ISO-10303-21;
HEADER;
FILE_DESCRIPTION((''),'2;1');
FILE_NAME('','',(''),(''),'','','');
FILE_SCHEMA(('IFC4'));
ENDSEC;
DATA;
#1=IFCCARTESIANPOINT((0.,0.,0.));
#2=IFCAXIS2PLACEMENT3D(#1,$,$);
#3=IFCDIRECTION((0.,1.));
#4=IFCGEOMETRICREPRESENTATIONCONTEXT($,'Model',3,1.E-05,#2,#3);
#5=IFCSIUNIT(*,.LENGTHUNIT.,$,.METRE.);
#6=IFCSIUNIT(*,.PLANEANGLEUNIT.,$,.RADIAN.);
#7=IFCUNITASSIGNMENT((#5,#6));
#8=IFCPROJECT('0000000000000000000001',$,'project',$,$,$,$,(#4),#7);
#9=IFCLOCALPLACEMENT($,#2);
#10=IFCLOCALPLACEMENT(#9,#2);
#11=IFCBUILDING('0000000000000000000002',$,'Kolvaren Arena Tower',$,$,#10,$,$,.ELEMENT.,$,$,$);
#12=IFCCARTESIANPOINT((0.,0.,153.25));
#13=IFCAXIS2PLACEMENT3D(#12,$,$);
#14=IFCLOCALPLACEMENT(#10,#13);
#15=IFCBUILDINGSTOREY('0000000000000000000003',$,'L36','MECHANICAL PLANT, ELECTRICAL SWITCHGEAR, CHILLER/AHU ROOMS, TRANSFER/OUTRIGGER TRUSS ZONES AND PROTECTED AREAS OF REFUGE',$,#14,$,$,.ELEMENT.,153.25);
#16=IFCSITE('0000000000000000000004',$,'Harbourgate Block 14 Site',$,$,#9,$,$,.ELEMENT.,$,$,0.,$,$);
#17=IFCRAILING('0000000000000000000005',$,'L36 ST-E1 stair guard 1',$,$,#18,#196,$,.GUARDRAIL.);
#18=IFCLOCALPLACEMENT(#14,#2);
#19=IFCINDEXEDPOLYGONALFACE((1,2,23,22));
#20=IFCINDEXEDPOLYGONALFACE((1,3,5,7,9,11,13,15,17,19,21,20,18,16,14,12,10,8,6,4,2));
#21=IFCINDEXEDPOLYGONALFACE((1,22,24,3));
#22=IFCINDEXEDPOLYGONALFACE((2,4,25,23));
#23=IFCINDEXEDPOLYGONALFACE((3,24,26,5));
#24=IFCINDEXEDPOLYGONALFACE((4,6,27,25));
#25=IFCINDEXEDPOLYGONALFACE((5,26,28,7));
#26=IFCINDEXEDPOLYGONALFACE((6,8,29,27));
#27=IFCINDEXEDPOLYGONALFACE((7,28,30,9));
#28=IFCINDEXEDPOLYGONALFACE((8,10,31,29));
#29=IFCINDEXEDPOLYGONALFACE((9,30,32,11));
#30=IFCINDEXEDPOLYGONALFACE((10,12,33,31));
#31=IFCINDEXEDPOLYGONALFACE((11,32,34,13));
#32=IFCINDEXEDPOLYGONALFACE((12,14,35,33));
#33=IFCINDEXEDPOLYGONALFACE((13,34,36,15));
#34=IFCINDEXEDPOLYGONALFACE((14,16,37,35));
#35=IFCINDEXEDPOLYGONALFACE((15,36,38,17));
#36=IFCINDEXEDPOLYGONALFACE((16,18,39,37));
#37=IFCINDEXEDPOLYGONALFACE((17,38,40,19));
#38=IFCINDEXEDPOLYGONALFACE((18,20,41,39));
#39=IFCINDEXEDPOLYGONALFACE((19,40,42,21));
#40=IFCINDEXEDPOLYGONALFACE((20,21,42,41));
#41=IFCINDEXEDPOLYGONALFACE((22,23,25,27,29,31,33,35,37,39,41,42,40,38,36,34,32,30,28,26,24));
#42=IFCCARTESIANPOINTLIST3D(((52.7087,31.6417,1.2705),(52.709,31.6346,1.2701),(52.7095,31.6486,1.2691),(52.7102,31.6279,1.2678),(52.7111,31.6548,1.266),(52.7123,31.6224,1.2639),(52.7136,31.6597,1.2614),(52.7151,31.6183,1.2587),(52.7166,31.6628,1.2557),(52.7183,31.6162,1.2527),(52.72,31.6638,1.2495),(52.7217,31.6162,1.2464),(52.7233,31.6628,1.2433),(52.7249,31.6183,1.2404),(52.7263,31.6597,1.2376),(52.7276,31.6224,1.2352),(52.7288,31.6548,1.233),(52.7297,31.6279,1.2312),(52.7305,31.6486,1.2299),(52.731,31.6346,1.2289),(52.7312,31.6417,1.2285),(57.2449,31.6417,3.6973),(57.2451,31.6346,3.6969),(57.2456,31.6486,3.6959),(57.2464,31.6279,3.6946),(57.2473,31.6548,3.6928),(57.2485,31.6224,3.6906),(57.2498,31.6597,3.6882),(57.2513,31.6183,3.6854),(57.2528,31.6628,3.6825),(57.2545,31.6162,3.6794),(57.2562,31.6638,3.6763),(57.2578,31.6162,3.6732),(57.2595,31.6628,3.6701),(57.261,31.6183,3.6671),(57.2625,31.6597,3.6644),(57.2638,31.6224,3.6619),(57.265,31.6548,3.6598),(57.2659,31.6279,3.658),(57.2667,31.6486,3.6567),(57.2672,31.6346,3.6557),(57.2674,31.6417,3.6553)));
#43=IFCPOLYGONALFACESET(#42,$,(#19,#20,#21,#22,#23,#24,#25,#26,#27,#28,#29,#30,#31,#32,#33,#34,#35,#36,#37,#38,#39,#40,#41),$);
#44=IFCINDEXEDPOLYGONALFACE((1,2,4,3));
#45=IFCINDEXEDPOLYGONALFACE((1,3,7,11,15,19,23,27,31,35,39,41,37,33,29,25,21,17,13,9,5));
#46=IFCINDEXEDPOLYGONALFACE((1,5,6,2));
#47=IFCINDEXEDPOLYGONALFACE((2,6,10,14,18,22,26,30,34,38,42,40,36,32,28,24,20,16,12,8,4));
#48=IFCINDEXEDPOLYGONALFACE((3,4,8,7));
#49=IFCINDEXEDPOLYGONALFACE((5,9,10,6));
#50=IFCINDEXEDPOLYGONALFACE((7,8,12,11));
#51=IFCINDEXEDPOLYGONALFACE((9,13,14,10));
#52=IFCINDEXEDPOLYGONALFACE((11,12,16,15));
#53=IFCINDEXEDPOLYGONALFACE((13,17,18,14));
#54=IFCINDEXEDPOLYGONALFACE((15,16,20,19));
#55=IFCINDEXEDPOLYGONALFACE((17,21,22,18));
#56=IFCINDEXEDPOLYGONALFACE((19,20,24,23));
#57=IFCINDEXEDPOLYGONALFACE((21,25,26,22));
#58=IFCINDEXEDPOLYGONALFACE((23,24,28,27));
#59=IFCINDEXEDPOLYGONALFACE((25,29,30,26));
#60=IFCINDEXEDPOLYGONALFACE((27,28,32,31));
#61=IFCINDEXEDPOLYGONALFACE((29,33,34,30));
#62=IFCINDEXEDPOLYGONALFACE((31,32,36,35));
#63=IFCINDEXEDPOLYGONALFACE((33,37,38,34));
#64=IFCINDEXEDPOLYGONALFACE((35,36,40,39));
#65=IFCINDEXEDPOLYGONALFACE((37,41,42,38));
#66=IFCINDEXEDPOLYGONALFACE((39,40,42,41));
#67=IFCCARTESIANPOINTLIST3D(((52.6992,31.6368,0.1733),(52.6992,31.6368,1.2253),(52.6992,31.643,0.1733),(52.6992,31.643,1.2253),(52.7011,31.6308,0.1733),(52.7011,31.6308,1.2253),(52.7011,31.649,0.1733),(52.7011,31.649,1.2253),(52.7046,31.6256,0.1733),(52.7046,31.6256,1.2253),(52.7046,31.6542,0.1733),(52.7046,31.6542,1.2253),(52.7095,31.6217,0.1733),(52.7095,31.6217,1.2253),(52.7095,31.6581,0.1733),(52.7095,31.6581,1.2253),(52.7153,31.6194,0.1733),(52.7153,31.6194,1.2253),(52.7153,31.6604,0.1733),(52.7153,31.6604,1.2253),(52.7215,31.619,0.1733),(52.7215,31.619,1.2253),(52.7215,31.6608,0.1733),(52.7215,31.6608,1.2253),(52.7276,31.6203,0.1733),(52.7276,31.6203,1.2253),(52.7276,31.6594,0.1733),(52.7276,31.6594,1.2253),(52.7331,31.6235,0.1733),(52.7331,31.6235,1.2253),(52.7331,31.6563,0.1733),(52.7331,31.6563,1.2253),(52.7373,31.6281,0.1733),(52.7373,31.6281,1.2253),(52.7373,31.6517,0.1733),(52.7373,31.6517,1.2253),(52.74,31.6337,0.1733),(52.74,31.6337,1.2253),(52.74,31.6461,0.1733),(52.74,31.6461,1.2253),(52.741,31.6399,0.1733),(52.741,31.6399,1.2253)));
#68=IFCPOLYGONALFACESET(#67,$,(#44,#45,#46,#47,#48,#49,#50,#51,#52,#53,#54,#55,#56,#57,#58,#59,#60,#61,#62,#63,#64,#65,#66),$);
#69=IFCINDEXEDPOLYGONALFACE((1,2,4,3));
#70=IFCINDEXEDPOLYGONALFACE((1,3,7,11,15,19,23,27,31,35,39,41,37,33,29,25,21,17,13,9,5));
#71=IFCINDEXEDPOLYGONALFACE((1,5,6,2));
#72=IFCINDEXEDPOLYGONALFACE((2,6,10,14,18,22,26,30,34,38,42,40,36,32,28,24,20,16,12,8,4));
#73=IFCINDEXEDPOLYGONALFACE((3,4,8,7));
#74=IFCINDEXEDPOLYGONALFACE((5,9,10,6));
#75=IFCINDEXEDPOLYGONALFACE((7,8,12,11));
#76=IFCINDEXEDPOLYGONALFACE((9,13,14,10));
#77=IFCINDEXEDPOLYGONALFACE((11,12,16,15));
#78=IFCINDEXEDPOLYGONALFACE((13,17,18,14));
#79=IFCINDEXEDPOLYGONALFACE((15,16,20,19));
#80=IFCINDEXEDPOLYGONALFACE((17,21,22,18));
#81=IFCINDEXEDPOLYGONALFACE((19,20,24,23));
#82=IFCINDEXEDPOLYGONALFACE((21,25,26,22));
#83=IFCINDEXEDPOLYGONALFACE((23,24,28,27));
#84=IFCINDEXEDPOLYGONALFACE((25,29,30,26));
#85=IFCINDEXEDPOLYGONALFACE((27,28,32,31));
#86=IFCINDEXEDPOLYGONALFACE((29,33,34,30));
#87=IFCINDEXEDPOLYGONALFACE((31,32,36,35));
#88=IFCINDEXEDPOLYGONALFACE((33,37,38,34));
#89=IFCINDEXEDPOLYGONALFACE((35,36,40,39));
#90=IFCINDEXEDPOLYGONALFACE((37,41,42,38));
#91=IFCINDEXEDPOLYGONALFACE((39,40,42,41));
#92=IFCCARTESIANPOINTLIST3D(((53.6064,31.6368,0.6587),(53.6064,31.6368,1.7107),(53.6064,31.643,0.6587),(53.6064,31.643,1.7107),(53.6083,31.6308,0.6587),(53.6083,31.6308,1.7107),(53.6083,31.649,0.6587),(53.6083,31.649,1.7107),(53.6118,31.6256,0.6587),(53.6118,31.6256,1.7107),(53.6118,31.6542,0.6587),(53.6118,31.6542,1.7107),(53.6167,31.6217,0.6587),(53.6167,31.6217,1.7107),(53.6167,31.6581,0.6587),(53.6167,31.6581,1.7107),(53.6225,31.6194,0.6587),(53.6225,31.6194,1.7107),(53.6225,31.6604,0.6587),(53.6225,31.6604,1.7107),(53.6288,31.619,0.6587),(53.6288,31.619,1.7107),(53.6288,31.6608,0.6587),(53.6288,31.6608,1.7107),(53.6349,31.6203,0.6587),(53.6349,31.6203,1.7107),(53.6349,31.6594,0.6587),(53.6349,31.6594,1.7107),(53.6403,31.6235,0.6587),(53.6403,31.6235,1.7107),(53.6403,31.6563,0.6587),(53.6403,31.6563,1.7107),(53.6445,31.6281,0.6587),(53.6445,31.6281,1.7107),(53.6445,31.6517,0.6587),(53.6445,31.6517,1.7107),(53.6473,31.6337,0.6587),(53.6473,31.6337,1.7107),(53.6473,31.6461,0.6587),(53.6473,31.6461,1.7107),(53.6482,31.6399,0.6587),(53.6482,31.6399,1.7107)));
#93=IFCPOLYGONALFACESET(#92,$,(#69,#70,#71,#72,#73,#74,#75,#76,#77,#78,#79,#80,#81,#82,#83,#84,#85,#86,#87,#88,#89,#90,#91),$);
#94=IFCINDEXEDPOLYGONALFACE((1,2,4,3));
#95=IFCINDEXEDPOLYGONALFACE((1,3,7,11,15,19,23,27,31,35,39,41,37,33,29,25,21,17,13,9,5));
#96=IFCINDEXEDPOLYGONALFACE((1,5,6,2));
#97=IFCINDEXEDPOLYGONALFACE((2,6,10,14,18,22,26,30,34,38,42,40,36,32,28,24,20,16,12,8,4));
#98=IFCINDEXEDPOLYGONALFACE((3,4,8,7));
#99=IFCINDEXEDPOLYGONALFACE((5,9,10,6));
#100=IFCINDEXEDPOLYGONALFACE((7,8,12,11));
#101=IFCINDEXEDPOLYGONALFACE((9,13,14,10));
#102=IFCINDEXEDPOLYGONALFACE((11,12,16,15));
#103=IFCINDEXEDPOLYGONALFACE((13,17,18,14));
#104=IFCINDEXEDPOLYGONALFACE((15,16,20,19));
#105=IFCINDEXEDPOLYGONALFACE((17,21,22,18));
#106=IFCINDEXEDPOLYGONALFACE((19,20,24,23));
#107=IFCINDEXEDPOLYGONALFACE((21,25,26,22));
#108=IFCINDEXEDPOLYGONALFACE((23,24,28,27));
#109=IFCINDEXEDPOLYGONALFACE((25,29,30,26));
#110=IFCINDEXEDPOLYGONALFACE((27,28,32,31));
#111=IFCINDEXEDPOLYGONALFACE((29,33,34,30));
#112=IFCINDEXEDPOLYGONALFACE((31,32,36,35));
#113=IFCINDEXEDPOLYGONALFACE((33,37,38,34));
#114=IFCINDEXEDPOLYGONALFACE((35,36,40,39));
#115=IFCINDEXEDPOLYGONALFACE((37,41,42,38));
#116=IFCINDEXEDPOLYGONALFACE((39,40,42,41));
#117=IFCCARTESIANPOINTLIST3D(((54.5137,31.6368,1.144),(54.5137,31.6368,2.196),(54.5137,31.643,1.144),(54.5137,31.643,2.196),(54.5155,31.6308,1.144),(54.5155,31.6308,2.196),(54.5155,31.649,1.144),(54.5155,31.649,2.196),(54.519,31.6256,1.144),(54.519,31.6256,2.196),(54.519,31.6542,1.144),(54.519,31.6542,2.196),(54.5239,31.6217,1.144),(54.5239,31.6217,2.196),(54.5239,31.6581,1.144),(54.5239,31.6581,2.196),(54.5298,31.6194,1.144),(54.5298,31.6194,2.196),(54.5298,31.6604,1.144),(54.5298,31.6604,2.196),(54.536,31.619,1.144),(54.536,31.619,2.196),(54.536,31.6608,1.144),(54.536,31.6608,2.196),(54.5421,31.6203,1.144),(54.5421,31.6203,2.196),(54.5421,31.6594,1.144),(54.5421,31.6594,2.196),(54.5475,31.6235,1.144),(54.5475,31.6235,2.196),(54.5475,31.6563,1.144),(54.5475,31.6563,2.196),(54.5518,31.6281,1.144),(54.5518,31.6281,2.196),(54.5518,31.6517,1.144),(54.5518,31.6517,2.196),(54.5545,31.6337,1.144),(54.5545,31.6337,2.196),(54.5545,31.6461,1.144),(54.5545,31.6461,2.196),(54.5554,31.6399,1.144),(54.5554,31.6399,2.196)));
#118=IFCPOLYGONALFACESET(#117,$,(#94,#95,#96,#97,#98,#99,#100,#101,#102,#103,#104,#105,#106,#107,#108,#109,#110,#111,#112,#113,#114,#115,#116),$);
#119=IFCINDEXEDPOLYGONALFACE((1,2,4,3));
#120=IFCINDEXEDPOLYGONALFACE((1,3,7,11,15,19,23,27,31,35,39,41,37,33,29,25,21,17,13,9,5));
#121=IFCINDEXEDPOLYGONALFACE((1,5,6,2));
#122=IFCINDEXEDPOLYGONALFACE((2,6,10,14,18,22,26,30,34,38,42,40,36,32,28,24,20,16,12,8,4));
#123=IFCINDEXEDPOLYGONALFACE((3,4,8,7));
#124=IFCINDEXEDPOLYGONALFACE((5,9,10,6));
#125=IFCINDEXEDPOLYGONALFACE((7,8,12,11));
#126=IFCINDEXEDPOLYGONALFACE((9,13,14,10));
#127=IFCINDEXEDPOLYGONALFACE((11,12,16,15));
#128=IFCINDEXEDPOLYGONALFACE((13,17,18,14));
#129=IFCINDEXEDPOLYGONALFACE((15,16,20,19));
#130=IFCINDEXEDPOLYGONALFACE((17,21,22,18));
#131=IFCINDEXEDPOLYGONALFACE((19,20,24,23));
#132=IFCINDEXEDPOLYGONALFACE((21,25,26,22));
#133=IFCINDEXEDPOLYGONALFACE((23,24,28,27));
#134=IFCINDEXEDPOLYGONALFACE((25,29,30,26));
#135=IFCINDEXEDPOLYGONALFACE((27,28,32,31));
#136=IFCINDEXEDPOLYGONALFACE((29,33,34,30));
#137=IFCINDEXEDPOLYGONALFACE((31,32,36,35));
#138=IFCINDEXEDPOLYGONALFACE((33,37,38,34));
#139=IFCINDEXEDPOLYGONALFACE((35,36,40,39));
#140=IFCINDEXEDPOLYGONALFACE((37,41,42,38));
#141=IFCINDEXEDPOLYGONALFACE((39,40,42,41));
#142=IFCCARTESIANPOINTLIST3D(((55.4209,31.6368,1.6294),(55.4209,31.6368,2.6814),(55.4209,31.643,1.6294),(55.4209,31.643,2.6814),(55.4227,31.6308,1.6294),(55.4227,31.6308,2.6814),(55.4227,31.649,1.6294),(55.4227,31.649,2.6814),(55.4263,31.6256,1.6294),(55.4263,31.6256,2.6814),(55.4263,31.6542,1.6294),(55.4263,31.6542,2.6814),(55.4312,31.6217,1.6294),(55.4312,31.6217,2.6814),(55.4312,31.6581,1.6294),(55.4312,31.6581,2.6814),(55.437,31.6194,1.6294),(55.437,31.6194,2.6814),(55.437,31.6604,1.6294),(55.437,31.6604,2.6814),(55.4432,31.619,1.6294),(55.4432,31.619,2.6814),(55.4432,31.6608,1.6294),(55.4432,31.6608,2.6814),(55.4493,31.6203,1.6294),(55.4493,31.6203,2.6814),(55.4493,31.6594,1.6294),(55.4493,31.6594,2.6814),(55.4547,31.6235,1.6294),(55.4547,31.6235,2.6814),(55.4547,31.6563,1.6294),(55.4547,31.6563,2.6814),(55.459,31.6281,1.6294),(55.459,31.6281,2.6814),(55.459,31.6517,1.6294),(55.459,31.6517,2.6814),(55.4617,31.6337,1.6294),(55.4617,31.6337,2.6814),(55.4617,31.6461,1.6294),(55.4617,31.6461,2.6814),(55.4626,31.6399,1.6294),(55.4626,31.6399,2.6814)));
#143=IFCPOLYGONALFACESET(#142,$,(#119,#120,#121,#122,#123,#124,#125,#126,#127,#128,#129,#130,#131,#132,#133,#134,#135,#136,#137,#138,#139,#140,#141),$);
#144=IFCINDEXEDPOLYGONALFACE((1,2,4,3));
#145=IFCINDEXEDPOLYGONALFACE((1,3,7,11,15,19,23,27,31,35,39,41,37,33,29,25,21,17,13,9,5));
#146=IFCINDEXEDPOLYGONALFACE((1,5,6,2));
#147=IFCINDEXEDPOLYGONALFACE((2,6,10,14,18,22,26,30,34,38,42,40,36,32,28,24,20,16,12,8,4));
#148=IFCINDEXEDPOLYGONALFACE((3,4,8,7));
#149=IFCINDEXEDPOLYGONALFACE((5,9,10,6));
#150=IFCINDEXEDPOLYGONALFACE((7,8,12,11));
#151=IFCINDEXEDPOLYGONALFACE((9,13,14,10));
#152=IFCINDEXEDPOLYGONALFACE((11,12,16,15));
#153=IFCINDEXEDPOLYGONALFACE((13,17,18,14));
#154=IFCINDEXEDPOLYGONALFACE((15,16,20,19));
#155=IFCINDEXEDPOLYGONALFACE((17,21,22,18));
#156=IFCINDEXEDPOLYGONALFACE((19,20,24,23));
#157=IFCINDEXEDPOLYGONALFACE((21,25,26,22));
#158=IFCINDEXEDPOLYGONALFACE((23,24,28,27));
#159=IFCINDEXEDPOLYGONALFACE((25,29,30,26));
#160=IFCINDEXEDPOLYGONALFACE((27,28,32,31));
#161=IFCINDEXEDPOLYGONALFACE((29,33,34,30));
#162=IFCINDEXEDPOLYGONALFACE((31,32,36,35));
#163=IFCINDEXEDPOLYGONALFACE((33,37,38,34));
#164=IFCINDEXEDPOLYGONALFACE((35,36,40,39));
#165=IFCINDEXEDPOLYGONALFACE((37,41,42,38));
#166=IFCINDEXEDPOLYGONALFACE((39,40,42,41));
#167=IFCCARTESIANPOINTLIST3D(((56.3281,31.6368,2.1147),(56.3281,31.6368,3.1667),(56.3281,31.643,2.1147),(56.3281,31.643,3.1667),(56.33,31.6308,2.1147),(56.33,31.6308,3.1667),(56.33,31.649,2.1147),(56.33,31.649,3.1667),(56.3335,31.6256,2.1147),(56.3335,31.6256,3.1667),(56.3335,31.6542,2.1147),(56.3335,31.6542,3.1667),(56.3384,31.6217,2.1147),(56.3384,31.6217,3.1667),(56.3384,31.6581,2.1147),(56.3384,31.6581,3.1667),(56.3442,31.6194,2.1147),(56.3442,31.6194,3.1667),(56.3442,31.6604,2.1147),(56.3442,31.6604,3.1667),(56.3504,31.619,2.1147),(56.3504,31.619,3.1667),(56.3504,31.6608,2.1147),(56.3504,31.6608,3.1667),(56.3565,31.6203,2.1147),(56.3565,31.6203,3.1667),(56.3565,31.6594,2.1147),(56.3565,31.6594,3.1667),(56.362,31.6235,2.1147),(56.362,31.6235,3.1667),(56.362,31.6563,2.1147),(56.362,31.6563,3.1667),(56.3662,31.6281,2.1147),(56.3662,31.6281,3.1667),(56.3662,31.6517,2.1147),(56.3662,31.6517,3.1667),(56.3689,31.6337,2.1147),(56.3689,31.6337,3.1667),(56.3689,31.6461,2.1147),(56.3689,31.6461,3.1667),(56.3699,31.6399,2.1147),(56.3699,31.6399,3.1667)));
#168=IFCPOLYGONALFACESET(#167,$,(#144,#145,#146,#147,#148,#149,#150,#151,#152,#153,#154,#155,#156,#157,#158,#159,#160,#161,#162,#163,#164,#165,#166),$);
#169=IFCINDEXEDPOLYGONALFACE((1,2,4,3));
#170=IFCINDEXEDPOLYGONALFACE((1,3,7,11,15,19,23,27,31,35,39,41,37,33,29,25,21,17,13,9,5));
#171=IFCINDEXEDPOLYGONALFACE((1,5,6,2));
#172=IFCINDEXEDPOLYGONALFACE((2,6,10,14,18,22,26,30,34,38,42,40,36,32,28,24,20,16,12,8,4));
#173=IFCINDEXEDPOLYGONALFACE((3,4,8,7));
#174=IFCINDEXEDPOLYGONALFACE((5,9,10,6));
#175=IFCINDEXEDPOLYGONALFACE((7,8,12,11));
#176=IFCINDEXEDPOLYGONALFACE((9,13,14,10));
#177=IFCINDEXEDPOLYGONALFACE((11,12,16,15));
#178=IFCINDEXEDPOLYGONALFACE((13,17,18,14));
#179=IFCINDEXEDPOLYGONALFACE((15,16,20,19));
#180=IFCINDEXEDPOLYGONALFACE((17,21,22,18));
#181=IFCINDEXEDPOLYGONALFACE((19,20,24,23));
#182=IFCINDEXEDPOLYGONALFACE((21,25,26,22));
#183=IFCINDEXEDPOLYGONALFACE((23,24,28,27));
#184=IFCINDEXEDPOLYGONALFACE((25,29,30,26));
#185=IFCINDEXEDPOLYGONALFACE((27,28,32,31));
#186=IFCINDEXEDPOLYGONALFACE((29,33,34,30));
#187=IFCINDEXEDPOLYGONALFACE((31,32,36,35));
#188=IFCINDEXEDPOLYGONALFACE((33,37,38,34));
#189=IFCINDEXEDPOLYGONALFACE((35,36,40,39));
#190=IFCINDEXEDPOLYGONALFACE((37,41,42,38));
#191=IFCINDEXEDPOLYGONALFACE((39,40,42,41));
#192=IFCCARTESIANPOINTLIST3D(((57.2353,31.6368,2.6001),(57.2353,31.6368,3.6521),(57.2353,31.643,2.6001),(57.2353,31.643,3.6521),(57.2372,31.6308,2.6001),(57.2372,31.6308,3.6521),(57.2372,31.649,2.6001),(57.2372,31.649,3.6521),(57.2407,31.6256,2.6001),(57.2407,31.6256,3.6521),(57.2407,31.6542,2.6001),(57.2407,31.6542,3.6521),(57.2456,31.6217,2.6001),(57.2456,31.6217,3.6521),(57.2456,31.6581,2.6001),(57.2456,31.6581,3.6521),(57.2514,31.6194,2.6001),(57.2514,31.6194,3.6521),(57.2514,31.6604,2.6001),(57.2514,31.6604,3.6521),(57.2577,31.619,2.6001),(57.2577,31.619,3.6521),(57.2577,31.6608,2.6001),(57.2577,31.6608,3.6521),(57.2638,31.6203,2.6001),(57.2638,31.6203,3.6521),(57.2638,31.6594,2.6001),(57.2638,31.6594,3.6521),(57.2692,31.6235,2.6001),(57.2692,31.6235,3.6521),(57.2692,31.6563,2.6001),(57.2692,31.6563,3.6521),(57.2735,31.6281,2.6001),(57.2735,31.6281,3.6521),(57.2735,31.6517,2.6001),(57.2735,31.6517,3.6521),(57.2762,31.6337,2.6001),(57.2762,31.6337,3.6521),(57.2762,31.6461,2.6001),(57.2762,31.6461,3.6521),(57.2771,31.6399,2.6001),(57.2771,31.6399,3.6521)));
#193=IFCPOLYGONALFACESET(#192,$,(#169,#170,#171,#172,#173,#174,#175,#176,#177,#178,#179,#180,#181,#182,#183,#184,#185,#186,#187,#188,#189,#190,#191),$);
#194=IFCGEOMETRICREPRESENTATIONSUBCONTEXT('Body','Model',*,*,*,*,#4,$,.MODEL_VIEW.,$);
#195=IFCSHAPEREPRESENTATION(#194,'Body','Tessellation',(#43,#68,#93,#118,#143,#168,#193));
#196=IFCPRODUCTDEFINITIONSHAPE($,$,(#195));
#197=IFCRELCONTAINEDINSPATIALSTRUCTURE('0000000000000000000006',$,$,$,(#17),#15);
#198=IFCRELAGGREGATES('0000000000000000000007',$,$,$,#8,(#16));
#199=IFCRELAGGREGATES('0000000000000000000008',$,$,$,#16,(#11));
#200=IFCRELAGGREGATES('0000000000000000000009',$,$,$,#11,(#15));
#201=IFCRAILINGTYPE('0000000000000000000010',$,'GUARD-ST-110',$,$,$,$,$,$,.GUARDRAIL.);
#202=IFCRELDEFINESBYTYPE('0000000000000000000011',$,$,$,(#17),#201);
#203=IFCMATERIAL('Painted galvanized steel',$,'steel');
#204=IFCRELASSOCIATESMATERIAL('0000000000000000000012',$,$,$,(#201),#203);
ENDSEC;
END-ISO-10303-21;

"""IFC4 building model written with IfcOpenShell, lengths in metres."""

from ifc_helpers import new_model, si_unit, direction, frame, origin, origin_2d, place, context, subcontext, project, spatial, circle, extrude, material, type_object, element, save


model = new_model("IFC4")

# Units and contexts
model_context = context("Model", 3, precision=1e-05, world=origin(), true_north=direction((0.0, 1.0)))
body_context = subcontext(model_context, "Body", "Model", "MODEL_VIEW")
ifc_project = project(units=[si_unit("LENGTHUNIT", "METRE"), si_unit("PLANEANGLEUNIT", "RADIAN")], contexts=[model_context])

# Site, building, storey
site_placement = place(None, origin())
site = spatial("IfcSite", under=ifc_project, at=site_placement, Name="Harbourgate Block 14 Site", CompositionType="ELEMENT", RefElevation=0.0)
building_placement = place(site_placement, origin())
building = spatial("IfcBuilding", under=site, at=building_placement, Name="Kolvaren Arena Tower", CompositionType="ELEMENT")
storey_placement = place(building_placement, frame((0.0, 0.0, 153.25)))
storey = spatial("IfcBuildingStorey", under=building, at=storey_placement, Name="L36", Description="MECHANICAL PLANT, ELECTRICAL SWITCHGEAR, CHILLER/AHU ROOMS, TRANSFER/OUTRIGGER TRUSS ZONES AND PROTECTED AREAS OF REFUGE", CompositionType="ELEMENT", Elevation=153.25)

# Railing
ifc_material_1 = material(Name="Painted galvanized steel", Category="steel")
railing_type_1 = type_object("IfcRailingType", Name="GUARD-ST-110", PredefinedType="GUARDRAIL", material=ifc_material_1)
railing_1_placement = place(storey_placement, frame((52.72, 31.6399, 0.1733)))
element("IfcRailing", 1, at=railing_1_placement, inside=storey, type_object=railing_type_1, Name="L36 ST-E1 stair guard 1", PredefinedType="GUARDRAIL", context=body_context, shape_type="SweptSolid", body=[
    extrude(circle(Radius=0.0239, at=origin_2d()), frame((0.0, 0.0, 1.0762), z_axis=(0.881748, 0.0, 0.471721), x_axis=(0.0, 1.0, 0.0)), (0.0, 0.0, 1.0), 5.1445),
    extrude(circle(Radius=0.021, at=origin_2d()), origin(), (0.0, 0.0, 1.0), 1.052),
    extrude(circle(Radius=0.021, at=origin_2d()), frame((0.9072, 0.0, 0.4854)), (0.0, 0.0, 1.0), 1.052),
    extrude(circle(Radius=0.021, at=origin_2d()), frame((1.8145, 0.0, 0.9707)), (0.0, 0.0, 1.0), 1.052),
    extrude(circle(Radius=0.021, at=origin_2d()), frame((2.7217, 0.0, 1.4561)), (0.0, 0.0, 1.0), 1.052),
    extrude(circle(Radius=0.021, at=origin_2d()), frame((3.6289, 0.0, 1.9414)), (0.0, 0.0, 1.0), 1.052),
    extrude(circle(Radius=0.021, at=origin_2d()), frame((4.5361, 0.0, 2.4268)), (0.0, 0.0, 1.0), 1.052),
])

save(model, "model.ifc")
